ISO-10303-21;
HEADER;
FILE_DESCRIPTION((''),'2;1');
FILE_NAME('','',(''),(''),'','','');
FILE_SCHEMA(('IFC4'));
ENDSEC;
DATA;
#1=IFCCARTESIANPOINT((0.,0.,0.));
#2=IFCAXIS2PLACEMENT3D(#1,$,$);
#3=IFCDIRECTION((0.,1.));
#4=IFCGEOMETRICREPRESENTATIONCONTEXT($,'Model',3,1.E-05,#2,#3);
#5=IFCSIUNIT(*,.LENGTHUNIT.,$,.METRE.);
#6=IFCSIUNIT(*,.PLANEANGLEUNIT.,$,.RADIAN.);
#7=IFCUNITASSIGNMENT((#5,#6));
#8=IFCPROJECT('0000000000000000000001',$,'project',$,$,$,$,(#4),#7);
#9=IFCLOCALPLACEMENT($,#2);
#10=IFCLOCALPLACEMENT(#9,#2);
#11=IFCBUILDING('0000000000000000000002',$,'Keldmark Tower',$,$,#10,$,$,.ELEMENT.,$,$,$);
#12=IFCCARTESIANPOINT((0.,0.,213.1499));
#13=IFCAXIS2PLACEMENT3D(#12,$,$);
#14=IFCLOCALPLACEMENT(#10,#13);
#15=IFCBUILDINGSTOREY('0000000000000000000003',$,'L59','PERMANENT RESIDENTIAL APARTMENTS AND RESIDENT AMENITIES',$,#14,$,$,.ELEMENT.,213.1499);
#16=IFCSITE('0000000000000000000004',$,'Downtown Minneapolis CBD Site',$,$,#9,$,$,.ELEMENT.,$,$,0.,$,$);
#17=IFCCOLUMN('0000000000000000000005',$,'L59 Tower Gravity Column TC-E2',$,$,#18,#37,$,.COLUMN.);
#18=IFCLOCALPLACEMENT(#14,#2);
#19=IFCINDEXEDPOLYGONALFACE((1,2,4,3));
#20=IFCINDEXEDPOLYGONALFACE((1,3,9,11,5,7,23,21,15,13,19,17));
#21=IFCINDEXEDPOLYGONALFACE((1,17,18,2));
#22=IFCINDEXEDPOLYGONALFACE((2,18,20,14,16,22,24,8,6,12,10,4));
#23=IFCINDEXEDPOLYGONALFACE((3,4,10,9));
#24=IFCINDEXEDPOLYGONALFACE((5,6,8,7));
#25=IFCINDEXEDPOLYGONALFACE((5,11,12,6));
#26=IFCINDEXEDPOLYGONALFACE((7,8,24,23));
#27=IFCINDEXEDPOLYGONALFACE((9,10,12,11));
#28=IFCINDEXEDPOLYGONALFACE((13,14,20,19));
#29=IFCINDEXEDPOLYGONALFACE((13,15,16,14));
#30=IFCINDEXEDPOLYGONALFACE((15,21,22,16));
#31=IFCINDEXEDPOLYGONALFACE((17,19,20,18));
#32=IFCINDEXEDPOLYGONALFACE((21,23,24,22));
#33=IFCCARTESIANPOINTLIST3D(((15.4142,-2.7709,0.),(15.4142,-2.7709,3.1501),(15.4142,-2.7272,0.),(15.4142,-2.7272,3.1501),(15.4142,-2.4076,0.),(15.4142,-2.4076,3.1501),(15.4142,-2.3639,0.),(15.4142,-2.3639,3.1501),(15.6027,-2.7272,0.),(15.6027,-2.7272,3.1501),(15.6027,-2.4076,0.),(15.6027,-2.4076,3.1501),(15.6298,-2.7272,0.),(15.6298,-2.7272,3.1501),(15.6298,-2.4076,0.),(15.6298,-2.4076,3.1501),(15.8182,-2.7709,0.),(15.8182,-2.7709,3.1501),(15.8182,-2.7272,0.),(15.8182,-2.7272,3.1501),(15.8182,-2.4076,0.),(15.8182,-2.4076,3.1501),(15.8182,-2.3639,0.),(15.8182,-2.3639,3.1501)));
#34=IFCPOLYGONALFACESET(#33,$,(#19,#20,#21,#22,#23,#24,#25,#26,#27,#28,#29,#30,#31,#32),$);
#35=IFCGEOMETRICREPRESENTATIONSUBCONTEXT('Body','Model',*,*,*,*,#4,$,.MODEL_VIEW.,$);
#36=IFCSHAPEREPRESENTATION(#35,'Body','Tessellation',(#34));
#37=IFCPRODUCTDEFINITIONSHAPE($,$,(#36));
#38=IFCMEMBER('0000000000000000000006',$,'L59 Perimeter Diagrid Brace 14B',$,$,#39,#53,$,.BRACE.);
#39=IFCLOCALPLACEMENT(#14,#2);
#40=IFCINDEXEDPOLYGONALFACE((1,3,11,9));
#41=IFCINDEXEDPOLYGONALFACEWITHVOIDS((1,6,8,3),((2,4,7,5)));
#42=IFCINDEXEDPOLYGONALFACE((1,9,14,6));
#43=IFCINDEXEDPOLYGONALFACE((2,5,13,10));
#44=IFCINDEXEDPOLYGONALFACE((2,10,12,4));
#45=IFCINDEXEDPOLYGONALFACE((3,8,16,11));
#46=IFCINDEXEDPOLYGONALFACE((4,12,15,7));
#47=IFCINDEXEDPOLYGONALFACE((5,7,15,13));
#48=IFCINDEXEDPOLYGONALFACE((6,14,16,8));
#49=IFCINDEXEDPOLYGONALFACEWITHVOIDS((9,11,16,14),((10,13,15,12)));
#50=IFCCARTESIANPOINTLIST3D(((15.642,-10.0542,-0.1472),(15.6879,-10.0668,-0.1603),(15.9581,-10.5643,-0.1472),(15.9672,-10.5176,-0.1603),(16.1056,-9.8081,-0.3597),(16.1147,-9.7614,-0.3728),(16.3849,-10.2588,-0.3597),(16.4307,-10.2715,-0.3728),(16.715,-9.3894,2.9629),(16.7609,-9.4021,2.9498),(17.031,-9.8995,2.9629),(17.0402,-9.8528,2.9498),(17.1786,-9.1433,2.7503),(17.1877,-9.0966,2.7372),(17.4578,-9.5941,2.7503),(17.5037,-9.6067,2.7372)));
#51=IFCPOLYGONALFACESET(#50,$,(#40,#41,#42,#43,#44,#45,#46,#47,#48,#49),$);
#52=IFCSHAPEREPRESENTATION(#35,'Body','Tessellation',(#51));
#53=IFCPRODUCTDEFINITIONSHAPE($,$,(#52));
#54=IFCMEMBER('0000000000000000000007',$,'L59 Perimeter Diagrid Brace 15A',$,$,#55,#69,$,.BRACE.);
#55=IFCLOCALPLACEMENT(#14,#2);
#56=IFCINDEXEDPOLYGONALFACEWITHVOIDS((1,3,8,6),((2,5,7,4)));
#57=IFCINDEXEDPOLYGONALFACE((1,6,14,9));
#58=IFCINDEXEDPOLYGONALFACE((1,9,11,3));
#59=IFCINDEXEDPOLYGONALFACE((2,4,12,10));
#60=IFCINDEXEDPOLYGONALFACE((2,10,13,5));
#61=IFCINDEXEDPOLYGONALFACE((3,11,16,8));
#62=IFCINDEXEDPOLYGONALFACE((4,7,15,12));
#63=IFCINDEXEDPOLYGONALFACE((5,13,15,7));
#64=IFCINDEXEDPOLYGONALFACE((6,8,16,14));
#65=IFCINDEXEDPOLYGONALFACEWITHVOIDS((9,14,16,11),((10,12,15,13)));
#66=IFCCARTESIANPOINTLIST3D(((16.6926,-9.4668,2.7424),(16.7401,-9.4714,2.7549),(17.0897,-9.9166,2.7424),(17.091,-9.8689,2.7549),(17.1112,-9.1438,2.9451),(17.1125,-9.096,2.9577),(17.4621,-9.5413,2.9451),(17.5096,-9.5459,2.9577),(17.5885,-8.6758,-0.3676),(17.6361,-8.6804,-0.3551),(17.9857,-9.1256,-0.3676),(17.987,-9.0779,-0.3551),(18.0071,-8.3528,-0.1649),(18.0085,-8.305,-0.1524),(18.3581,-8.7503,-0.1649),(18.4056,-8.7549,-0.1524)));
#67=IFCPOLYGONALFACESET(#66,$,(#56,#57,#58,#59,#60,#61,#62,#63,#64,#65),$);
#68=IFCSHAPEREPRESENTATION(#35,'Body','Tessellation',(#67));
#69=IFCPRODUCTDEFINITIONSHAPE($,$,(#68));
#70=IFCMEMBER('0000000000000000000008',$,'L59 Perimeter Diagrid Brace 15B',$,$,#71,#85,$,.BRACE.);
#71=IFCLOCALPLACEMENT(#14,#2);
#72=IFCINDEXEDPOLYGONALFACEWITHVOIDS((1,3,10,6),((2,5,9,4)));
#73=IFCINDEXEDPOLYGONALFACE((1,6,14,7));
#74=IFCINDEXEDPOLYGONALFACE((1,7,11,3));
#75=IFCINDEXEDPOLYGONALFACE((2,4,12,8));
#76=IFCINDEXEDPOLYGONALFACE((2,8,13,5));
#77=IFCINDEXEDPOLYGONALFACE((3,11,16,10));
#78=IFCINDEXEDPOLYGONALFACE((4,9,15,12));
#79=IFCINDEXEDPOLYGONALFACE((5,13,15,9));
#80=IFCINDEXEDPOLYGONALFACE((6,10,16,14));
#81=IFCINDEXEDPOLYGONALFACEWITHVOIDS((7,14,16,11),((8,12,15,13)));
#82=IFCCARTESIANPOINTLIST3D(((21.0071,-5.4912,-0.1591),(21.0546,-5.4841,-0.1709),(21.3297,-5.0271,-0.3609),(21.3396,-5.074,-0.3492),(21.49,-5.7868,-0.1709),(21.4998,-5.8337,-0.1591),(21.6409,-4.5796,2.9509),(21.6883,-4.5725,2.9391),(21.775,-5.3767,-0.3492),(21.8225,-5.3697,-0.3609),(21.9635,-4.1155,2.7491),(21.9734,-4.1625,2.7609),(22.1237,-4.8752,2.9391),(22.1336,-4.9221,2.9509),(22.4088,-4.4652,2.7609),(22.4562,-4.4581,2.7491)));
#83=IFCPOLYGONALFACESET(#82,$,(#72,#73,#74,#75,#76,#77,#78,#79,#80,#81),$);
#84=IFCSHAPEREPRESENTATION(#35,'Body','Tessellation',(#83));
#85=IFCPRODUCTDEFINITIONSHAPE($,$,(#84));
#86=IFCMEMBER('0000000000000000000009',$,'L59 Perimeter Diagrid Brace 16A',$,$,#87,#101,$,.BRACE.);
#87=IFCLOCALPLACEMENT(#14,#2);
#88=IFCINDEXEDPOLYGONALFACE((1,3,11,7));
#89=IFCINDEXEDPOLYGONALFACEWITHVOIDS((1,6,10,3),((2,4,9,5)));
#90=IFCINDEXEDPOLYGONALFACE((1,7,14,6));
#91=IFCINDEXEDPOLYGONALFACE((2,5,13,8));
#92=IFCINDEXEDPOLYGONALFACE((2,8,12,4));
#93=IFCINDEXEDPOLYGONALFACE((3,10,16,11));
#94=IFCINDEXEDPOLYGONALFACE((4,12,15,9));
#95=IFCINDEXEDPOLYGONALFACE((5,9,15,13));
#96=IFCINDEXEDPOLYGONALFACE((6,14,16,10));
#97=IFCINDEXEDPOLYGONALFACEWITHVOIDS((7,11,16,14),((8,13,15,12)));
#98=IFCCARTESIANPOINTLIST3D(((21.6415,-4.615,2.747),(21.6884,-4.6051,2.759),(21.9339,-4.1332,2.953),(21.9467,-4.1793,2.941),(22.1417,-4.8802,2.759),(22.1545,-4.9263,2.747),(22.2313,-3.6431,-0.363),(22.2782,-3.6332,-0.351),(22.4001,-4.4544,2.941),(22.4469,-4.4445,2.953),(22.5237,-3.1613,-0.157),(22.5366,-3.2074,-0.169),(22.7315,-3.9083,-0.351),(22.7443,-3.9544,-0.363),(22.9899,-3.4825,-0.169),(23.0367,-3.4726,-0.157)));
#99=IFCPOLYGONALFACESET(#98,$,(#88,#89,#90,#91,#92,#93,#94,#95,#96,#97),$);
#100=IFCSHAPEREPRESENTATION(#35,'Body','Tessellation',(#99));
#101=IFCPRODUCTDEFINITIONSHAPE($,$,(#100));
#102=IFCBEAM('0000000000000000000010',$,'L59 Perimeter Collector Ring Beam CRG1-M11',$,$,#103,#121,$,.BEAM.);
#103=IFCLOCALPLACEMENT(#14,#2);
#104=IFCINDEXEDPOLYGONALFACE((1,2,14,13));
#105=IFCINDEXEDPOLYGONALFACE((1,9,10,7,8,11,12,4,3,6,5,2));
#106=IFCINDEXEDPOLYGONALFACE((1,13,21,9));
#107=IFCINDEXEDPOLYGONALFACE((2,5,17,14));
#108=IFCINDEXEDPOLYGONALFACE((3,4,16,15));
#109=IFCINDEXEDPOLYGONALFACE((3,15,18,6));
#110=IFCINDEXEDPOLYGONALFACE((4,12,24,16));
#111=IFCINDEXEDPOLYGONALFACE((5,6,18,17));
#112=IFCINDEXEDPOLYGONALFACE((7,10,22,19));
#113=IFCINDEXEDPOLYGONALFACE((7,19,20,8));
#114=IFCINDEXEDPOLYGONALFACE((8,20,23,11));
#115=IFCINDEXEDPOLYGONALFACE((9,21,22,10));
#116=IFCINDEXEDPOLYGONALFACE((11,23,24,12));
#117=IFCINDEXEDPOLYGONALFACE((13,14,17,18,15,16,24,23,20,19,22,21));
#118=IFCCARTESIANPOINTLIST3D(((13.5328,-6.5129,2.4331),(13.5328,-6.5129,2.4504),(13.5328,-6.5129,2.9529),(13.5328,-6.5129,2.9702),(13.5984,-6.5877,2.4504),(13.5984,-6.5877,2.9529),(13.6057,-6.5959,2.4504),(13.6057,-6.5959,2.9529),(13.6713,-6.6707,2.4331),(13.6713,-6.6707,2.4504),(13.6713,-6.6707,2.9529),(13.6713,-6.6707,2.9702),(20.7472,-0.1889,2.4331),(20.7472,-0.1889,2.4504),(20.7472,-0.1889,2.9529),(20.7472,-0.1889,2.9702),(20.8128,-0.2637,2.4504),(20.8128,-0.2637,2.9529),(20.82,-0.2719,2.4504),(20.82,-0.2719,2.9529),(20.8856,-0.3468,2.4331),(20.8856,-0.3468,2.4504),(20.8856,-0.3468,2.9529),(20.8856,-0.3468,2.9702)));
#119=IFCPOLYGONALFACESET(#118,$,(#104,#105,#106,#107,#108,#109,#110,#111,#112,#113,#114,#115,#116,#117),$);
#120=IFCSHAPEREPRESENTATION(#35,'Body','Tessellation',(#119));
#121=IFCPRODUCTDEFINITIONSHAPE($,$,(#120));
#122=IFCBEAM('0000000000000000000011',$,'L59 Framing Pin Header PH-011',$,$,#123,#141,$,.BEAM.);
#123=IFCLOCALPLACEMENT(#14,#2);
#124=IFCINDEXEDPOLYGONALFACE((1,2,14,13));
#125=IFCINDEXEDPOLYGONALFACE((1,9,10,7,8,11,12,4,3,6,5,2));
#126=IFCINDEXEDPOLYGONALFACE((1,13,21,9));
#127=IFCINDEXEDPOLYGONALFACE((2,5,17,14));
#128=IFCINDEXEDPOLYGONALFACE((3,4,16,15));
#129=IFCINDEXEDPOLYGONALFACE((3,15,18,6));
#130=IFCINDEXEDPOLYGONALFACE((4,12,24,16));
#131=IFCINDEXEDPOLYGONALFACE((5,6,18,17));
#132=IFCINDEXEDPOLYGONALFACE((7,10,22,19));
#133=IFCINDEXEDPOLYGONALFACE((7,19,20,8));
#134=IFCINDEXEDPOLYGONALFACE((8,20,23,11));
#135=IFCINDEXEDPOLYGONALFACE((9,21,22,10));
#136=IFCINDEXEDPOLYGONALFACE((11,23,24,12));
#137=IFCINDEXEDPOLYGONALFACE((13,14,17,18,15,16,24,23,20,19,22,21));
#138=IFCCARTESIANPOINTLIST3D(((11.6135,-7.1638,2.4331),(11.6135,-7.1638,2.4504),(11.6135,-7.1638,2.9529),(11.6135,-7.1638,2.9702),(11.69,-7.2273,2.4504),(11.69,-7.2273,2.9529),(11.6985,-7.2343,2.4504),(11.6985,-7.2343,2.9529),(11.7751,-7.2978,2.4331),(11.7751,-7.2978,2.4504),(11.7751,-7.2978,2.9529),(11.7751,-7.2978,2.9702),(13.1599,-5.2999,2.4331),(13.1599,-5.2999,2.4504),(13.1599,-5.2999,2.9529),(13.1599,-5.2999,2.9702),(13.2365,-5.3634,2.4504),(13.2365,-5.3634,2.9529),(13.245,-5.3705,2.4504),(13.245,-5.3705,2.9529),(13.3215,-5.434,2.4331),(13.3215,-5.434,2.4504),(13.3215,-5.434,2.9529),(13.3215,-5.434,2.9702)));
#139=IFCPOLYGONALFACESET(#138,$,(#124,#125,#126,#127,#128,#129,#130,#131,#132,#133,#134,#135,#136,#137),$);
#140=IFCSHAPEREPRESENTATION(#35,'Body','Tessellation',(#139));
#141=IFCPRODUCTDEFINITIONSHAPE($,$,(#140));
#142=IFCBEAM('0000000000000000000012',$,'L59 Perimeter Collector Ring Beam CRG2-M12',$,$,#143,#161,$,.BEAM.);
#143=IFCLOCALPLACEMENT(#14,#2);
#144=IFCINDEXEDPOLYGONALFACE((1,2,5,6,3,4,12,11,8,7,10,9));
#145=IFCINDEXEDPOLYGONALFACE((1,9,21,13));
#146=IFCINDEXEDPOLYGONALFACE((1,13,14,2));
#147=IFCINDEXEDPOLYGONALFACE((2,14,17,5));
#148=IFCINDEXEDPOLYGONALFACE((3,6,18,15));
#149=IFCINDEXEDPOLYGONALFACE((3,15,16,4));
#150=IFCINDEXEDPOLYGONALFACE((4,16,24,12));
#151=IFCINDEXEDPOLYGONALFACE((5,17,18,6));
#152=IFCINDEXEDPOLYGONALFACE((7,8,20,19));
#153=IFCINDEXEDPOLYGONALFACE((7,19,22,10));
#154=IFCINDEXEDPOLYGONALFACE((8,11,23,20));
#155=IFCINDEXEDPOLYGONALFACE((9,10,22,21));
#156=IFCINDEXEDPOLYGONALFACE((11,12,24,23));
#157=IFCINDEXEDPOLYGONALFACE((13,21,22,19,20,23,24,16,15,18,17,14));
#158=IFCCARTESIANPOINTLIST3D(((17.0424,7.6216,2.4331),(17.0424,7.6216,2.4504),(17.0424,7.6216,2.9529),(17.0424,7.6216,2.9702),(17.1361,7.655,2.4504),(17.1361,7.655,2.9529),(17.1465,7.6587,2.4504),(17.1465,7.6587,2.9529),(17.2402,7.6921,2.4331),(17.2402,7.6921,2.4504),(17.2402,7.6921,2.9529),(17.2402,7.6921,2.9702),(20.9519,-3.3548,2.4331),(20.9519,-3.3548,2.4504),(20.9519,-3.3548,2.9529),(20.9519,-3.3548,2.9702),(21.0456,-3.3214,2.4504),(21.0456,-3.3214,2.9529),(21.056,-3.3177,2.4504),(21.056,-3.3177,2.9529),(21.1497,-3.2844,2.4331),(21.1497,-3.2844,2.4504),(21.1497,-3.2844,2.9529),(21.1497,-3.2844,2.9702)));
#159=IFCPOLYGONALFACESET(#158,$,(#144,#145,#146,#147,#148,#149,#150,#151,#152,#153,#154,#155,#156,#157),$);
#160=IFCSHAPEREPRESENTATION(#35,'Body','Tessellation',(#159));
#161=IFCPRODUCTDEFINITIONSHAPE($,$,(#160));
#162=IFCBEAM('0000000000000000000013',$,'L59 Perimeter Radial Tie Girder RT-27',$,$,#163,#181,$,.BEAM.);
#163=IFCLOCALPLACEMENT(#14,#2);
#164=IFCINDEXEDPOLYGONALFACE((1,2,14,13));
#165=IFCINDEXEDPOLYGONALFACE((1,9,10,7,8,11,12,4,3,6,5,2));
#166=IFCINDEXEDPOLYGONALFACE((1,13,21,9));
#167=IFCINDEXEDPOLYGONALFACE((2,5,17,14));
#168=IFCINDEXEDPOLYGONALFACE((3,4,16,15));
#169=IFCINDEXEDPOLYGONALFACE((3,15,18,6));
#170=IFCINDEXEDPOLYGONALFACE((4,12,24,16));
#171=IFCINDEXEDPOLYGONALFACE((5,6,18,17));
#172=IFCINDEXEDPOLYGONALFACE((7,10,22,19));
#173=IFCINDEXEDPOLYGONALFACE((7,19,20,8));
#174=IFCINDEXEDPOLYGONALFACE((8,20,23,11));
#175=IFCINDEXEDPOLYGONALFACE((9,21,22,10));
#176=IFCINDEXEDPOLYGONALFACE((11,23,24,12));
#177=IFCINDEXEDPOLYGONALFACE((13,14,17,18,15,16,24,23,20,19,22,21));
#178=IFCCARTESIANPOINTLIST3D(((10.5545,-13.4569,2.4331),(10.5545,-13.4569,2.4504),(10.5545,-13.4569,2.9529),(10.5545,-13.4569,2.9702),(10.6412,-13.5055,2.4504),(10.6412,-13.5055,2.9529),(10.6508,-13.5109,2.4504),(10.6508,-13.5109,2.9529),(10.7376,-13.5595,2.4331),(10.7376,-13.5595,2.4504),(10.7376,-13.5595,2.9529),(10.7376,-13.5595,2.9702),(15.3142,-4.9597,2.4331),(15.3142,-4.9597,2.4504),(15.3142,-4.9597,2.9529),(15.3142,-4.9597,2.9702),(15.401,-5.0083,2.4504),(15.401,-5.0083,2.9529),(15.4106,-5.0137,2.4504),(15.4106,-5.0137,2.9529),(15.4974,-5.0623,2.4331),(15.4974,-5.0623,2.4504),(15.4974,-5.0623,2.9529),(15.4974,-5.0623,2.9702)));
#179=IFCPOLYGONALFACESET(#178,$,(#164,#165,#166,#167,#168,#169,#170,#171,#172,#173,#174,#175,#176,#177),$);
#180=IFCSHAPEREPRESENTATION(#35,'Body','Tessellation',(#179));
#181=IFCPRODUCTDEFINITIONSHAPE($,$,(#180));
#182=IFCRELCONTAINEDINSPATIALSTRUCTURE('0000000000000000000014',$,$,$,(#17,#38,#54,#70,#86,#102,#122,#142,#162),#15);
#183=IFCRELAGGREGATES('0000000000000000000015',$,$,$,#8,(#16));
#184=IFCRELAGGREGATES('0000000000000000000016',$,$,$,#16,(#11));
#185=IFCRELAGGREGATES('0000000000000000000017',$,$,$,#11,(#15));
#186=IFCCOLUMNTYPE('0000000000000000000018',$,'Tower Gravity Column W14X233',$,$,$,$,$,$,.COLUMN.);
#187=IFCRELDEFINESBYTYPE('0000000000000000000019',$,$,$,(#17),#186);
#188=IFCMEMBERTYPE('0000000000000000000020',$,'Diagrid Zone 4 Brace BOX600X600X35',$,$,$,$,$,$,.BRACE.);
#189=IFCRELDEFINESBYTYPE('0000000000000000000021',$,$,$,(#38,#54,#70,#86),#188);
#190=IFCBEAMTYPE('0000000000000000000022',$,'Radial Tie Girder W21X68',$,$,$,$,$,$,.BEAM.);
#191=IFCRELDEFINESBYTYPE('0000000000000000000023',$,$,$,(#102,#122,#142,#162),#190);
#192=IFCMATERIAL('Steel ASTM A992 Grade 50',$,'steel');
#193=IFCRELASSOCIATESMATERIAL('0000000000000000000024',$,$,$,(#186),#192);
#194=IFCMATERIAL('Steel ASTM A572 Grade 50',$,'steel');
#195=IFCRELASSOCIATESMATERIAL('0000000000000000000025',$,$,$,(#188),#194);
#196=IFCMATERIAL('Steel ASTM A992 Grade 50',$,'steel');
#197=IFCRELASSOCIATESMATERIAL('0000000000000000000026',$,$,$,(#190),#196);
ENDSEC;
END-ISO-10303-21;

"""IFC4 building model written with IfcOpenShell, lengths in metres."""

from ifc_helpers import new_model, si_unit, direction, frame, origin, origin_2d, place, context, subcontext, project, spatial, hollow_rectangle, i_section, extrude, material, material_profile, profile_set, type_object, element, save


model = new_model("IFC4")

# Units and contexts
model_context = context("Model", 3, precision=1e-05, world=origin(), true_north=direction((0.0, 1.0)))
body_context = subcontext(model_context, "Body", "Model", "MODEL_VIEW")
ifc_project = project(units=[si_unit("LENGTHUNIT", "METRE"), si_unit("PLANEANGLEUNIT", "RADIAN")], contexts=[model_context])

# Site, building, storey
site_placement = place(None, origin())
site = spatial("IfcSite", under=ifc_project, at=site_placement, Name="Downtown Minneapolis CBD Site", CompositionType="ELEMENT", RefElevation=0.0)
building_placement = place(site_placement, origin())
building = spatial("IfcBuilding", under=site, at=building_placement, Name="Keldmark Tower", CompositionType="ELEMENT")
storey_placement = place(building_placement, frame((0.0, 0.0, 213.1499)))
storey = spatial("IfcBuildingStorey", under=building, at=storey_placement, Name="L59", Description="PERMANENT RESIDENTIAL APARTMENTS AND RESIDENT AMENITIES", CompositionType="ELEMENT", Elevation=213.1499)

# Column
ifc_material_1 = material(Name="Steel ASTM A992 Grade 50", Category="steel")
ifc_material_profile_1 = material_profile(ifc_material_1, i_section(OverallWidth=0.4041, OverallDepth=0.407, WebThickness=0.0271, FlangeThickness=0.0437, at=origin_2d()), Name="W14X233")
ifc_profile_set_1 = profile_set([ifc_material_profile_1], Name="Steel ASTM A992 Grade 50")
column_type = type_object("IfcColumnType", Name="Tower Gravity Column W14X233", PredefinedType="COLUMN", material=ifc_profile_set_1)
column_placement = place(storey_placement, frame((15.6162, -2.5674, 0.0), z_axis=(0.0, 0.0, 1.0), x_axis=(1.0, 0.0, 0.0)))
element("IfcColumn", 1, at=column_placement, inside=storey, type_object=column_type, Name="L59 Tower Gravity Column TC-E2", PredefinedType="COLUMN", context=body_context, shape_type="SweptSolid", body=[
    extrude(i_section(OverallWidth=0.4041, OverallDepth=0.407, WebThickness=0.0271, FlangeThickness=0.0437, at=origin_2d()), origin(), (0.0, 0.0, 1.0), 3.1501),
])

# Members
ifc_material_2 = material(Name="Steel ASTM A572 Grade 50", Category="steel")
ifc_material_profile_2 = material_profile(ifc_material_2, hollow_rectangle(XDim=0.6001, YDim=0.6001, WallThickness=0.0349, at=origin_2d()), Name="BOX600X600X35")
ifc_profile_set_2 = profile_set([ifc_material_profile_2], Name="Steel ASTM A572 Grade 50")
member_type = type_object("IfcMemberType", Name="Diagrid Zone 4 Brace BOX600X600X35", PredefinedType="BRACE", material=ifc_profile_set_2)
member_1_placement = place(storey_placement, frame((16.0364, -10.1628, -0.26), z_axis=(0.319678, 0.198062, 0.926594), x_axis=(-0.526674, 0.850067, 0.0)))
element("IfcMember", 2, at=member_1_placement, inside=storey, type_object=member_type, Name="L59 Perimeter Diagrid Brace 14B", PredefinedType="BRACE", context=body_context, shape_type="SweptSolid", body=[
    extrude(hollow_rectangle(XDim=0.6001, YDim=0.6001, WallThickness=0.0349, at=origin_2d()), origin(), (0.0, 0.0, 1.0), 3.3564),
])
member_2_placement = place(storey_placement, frame((17.9971, -8.7153, -0.26), z_axis=(-0.268918, -0.23741, 0.933445), x_axis=(0.661824, -0.749659, 0.0)))
element("IfcMember", 3, at=member_2_placement, inside=storey, type_object=member_type, Name="L59 Perimeter Diagrid Brace 15A", PredefinedType="BRACE", context=body_context, shape_type="SweptSolid", body=[
    extrude(hollow_rectangle(XDim=0.6001, YDim=0.6001, WallThickness=0.0349, at=origin_2d()), origin(), (0.0, 0.0, 1.0), 3.3318),
])
member_3_placement = place(storey_placement, frame((21.4148, -5.4304, -0.26), z_axis=(0.191921, 0.276052, 0.941786), x_axis=(-0.821067, 0.570833, 0.0)))
element("IfcMember", 4, at=member_3_placement, inside=storey, type_object=member_type, Name="L59 Perimeter Diagrid Brace 15B", PredefinedType="BRACE", context=body_context, shape_type="SweptSolid", body=[
    extrude(hollow_rectangle(XDim=0.6001, YDim=0.6001, WallThickness=0.0349, at=origin_2d()), origin(), (0.0, 0.0, 1.0), 3.3022),
])
member_4_placement = place(storey_placement, frame((22.634, -3.5579, -0.26), z_axis=(-0.178126, -0.293509, 0.939214), x_axis=(0.854886, -0.518816, 0.0)))
element("IfcMember", 5, at=member_4_placement, inside=storey, type_object=member_type, Name="L59 Perimeter Diagrid Brace 16A", PredefinedType="BRACE", context=body_context, shape_type="SweptSolid", body=[
    extrude(hollow_rectangle(XDim=0.6001, YDim=0.6001, WallThickness=0.0349, at=origin_2d()), origin(), (0.0, 0.0, 1.0), 3.3113),
])

# Beams
ifc_material_3 = material(Name="Steel ASTM A992 Grade 50", Category="steel")
ifc_material_profile_3 = material_profile(ifc_material_3, i_section(OverallWidth=0.21, OverallDepth=0.5371, WebThickness=0.011, FlangeThickness=0.0173, at=origin_2d()), Name="W21X68")
ifc_profile_set_3 = profile_set([ifc_material_profile_3], Name="Steel ASTM A992 Grade 50")
beam_type_1 = type_object("IfcBeamType", Name="Radial Tie Girder W21X68", PredefinedType="BEAM", material=ifc_profile_set_3)
beam_1_placement = place(storey_placement, frame((13.6021, -6.5918, 2.7017), z_axis=(0.751987, 0.659178, 0.0), x_axis=(-0.659178, 0.751987, 0.0)))
element("IfcBeam", 6, at=beam_1_placement, inside=storey, type_object=beam_type_1, Name="L59 Perimeter Collector Ring Beam CRG1-M11", PredefinedType="BEAM", context=body_context, shape_type="SweptSolid", body=[
    extrude(i_section(OverallWidth=0.21, OverallDepth=0.5371, WebThickness=0.011, FlangeThickness=0.0173, at=origin_2d()), origin(), (0.0, 0.0, 1.0), 9.5938),
])
beam_2_placement = place(storey_placement, frame((13.2407, -5.3669, 2.7017), z_axis=(-0.638537, -0.769591, 0.0), x_axis=(0.769591, -0.638537, 0.0)))
element("IfcBeam", 7, at=beam_2_placement, inside=storey, type_object=beam_type_1, Name="L59 Framing Pin Header PH-011", PredefinedType="BEAM", context=body_context, shape_type="SweptSolid", body=[
    extrude(i_section(OverallWidth=0.21, OverallDepth=0.5371, WebThickness=0.011, FlangeThickness=0.0173, at=origin_2d()), origin(), (0.0, 0.0, 1.0), 2.4219),
])
beam_3_placement = place(storey_placement, frame((21.0508, -3.3196, 2.7017), z_axis=(-0.335523, 0.942032, 0.0), x_axis=(-0.942032, -0.335523, 0.0)))
element("IfcBeam", 8, at=beam_3_placement, inside=storey, type_object=beam_type_1, Name="L59 Perimeter Collector Ring Beam CRG2-M12", PredefinedType="BEAM", context=body_context, shape_type="SweptSolid", body=[
    extrude(i_section(OverallWidth=0.21, OverallDepth=0.5371, WebThickness=0.011, FlangeThickness=0.0173, at=origin_2d()), origin(), (0.0, 0.0, 1.0), 11.6519),
])
beam_4_placement = place(storey_placement, frame((15.4058, -5.011, 2.7017), z_axis=(-0.488703, -0.87245, 0.0), x_axis=(0.87245, -0.488703, 0.0)))
element("IfcBeam", 9, at=beam_4_placement, inside=storey, type_object=beam_type_1, Name="L59 Perimeter Radial Tie Girder RT-27", PredefinedType="BEAM", context=body_context, shape_type="SweptSolid", body=[
    extrude(i_section(OverallWidth=0.21, OverallDepth=0.5371, WebThickness=0.011, FlangeThickness=0.0173, at=origin_2d()), origin(), (0.0, 0.0, 1.0), 9.7395),
])

save(model, "model.ifc")
